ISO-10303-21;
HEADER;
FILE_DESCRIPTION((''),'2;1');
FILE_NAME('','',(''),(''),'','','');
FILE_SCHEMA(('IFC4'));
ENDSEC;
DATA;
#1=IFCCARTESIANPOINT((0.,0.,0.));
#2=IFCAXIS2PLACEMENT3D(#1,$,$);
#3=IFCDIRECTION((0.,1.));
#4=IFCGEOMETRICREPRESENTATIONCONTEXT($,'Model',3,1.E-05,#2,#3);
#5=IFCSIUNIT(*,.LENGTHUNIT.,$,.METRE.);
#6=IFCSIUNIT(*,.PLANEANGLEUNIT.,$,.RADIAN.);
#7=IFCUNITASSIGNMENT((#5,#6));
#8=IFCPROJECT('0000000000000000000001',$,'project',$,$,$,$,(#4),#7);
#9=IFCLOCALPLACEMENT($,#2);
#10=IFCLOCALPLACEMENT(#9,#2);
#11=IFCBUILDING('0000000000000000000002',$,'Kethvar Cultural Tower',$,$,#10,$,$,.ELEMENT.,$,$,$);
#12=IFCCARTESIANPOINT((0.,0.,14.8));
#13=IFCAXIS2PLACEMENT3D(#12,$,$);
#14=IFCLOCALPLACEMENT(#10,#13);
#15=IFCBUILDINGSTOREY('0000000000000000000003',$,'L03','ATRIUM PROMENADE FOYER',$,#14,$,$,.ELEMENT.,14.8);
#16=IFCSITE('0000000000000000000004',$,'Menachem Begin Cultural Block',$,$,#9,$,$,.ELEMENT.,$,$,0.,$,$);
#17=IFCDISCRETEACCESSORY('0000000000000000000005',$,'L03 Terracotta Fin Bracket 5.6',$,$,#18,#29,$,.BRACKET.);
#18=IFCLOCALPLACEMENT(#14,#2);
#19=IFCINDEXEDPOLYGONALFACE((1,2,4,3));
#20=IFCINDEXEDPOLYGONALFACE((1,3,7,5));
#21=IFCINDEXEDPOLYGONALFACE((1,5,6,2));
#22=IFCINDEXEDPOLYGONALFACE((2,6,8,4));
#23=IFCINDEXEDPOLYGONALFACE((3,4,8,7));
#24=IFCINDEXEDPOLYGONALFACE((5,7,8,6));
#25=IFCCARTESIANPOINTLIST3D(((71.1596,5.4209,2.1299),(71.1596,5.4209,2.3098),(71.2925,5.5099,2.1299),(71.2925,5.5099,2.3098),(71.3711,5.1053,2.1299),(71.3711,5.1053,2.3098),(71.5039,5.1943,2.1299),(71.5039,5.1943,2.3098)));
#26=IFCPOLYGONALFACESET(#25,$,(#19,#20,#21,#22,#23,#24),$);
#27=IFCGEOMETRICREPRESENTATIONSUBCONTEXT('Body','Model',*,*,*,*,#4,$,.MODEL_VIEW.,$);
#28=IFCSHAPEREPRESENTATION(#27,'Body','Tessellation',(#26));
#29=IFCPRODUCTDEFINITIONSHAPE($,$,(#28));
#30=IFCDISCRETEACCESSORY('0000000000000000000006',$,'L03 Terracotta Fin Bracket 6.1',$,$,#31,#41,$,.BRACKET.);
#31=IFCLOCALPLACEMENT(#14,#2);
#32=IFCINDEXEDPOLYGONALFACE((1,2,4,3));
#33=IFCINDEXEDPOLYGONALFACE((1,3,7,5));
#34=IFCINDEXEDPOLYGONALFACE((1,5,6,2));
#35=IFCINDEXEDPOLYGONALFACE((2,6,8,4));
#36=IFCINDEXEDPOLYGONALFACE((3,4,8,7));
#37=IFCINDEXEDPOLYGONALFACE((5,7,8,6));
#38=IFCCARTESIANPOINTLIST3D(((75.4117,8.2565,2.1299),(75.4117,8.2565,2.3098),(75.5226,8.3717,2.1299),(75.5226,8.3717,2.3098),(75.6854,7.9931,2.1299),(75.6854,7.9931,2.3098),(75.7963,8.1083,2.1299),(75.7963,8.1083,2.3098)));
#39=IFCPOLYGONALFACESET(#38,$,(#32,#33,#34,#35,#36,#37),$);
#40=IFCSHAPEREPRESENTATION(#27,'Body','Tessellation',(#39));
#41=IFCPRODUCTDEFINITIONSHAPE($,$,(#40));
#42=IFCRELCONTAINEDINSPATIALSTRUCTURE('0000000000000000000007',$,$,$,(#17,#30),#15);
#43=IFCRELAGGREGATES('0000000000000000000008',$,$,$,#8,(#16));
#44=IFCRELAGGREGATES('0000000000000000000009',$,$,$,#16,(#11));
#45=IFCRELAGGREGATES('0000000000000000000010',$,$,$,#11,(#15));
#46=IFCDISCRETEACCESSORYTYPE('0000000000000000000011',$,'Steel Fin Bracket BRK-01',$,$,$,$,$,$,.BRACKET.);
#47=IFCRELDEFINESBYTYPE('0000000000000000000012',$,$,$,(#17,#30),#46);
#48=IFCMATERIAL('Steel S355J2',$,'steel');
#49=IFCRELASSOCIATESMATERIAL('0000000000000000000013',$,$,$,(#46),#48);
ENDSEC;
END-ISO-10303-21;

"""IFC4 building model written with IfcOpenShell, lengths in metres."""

from ifc_helpers import new_model, si_unit, direction, frame, origin, origin_2d, place, context, subcontext, project, spatial, rectangle, extrude, source, transform, mapped, material, type_object, element, save


model = new_model("IFC4")

# Units and contexts
model_context = context("Model", 3, precision=1e-05, world=origin(), true_north=direction((0.0, 1.0)))
body_context = subcontext(model_context, "Body", "Model", "MODEL_VIEW")
ifc_project = project(units=[si_unit("LENGTHUNIT", "METRE"), si_unit("PLANEANGLEUNIT", "RADIAN")], contexts=[model_context])

# Site, building, storey
site_placement = place(None, origin())
site = spatial("IfcSite", under=ifc_project, at=site_placement, Name="Menachem Begin Cultural Block", CompositionType="ELEMENT", RefElevation=0.0)
building_placement = place(site_placement, origin())
building = spatial("IfcBuilding", under=site, at=building_placement, Name="Kethvar Cultural Tower", CompositionType="ELEMENT")
storey_placement = place(building_placement, frame((0.0, 0.0, 14.8)))
storey = spatial("IfcBuildingStorey", under=building, at=storey_placement, Name="L03", Description="ATRIUM PROMENADE FOYER", CompositionType="ELEMENT", Elevation=14.8)

# Shared definitions
ifc_material_1 = material(Name="Steel S355J2", Category="steel")

# Discrete accessories
discrete_accessory_type = type_object("IfcDiscreteAccessoryType", Name="Steel Fin Bracket BRK-01", PredefinedType="BRACKET", material=ifc_material_1)
shared_shape_1 = source(origin(), body_context, "Body", "SweptSolid", [
    extrude(rectangle(XDim=0.3799, YDim=0.1599, at=origin_2d()), origin(), (0.0, 0.0, 1.0), 0.1799),
])
for number, where, z_axis, x_axis, name in (
    (1, (71.3318, 5.3076, 2.1299), (0.0, 0.0, 1.0), (0.556586, -0.83079, 0.0), "L03 Terracotta Fin Bracket 5.6"),
    (2, (75.604, 8.1824, 2.1299), (0.0, 0.0, 1.0), (0.720551, -0.693402, 0.0), "L03 Terracotta Fin Bracket 6.1"),
):
    element("IfcDiscreteAccessory", number, at=place(storey_placement, frame(where, z_axis=z_axis, x_axis=x_axis)), inside=storey, type_object=discrete_accessory_type, Name=name, PredefinedType="BRACKET", context=body_context, shape_type="MappedRepresentation", body=[
        mapped(shared_shape_1, transform((0.0, 0.0, 0.0), scale=1.0)),
    ])

save(model, "model.ifc")
